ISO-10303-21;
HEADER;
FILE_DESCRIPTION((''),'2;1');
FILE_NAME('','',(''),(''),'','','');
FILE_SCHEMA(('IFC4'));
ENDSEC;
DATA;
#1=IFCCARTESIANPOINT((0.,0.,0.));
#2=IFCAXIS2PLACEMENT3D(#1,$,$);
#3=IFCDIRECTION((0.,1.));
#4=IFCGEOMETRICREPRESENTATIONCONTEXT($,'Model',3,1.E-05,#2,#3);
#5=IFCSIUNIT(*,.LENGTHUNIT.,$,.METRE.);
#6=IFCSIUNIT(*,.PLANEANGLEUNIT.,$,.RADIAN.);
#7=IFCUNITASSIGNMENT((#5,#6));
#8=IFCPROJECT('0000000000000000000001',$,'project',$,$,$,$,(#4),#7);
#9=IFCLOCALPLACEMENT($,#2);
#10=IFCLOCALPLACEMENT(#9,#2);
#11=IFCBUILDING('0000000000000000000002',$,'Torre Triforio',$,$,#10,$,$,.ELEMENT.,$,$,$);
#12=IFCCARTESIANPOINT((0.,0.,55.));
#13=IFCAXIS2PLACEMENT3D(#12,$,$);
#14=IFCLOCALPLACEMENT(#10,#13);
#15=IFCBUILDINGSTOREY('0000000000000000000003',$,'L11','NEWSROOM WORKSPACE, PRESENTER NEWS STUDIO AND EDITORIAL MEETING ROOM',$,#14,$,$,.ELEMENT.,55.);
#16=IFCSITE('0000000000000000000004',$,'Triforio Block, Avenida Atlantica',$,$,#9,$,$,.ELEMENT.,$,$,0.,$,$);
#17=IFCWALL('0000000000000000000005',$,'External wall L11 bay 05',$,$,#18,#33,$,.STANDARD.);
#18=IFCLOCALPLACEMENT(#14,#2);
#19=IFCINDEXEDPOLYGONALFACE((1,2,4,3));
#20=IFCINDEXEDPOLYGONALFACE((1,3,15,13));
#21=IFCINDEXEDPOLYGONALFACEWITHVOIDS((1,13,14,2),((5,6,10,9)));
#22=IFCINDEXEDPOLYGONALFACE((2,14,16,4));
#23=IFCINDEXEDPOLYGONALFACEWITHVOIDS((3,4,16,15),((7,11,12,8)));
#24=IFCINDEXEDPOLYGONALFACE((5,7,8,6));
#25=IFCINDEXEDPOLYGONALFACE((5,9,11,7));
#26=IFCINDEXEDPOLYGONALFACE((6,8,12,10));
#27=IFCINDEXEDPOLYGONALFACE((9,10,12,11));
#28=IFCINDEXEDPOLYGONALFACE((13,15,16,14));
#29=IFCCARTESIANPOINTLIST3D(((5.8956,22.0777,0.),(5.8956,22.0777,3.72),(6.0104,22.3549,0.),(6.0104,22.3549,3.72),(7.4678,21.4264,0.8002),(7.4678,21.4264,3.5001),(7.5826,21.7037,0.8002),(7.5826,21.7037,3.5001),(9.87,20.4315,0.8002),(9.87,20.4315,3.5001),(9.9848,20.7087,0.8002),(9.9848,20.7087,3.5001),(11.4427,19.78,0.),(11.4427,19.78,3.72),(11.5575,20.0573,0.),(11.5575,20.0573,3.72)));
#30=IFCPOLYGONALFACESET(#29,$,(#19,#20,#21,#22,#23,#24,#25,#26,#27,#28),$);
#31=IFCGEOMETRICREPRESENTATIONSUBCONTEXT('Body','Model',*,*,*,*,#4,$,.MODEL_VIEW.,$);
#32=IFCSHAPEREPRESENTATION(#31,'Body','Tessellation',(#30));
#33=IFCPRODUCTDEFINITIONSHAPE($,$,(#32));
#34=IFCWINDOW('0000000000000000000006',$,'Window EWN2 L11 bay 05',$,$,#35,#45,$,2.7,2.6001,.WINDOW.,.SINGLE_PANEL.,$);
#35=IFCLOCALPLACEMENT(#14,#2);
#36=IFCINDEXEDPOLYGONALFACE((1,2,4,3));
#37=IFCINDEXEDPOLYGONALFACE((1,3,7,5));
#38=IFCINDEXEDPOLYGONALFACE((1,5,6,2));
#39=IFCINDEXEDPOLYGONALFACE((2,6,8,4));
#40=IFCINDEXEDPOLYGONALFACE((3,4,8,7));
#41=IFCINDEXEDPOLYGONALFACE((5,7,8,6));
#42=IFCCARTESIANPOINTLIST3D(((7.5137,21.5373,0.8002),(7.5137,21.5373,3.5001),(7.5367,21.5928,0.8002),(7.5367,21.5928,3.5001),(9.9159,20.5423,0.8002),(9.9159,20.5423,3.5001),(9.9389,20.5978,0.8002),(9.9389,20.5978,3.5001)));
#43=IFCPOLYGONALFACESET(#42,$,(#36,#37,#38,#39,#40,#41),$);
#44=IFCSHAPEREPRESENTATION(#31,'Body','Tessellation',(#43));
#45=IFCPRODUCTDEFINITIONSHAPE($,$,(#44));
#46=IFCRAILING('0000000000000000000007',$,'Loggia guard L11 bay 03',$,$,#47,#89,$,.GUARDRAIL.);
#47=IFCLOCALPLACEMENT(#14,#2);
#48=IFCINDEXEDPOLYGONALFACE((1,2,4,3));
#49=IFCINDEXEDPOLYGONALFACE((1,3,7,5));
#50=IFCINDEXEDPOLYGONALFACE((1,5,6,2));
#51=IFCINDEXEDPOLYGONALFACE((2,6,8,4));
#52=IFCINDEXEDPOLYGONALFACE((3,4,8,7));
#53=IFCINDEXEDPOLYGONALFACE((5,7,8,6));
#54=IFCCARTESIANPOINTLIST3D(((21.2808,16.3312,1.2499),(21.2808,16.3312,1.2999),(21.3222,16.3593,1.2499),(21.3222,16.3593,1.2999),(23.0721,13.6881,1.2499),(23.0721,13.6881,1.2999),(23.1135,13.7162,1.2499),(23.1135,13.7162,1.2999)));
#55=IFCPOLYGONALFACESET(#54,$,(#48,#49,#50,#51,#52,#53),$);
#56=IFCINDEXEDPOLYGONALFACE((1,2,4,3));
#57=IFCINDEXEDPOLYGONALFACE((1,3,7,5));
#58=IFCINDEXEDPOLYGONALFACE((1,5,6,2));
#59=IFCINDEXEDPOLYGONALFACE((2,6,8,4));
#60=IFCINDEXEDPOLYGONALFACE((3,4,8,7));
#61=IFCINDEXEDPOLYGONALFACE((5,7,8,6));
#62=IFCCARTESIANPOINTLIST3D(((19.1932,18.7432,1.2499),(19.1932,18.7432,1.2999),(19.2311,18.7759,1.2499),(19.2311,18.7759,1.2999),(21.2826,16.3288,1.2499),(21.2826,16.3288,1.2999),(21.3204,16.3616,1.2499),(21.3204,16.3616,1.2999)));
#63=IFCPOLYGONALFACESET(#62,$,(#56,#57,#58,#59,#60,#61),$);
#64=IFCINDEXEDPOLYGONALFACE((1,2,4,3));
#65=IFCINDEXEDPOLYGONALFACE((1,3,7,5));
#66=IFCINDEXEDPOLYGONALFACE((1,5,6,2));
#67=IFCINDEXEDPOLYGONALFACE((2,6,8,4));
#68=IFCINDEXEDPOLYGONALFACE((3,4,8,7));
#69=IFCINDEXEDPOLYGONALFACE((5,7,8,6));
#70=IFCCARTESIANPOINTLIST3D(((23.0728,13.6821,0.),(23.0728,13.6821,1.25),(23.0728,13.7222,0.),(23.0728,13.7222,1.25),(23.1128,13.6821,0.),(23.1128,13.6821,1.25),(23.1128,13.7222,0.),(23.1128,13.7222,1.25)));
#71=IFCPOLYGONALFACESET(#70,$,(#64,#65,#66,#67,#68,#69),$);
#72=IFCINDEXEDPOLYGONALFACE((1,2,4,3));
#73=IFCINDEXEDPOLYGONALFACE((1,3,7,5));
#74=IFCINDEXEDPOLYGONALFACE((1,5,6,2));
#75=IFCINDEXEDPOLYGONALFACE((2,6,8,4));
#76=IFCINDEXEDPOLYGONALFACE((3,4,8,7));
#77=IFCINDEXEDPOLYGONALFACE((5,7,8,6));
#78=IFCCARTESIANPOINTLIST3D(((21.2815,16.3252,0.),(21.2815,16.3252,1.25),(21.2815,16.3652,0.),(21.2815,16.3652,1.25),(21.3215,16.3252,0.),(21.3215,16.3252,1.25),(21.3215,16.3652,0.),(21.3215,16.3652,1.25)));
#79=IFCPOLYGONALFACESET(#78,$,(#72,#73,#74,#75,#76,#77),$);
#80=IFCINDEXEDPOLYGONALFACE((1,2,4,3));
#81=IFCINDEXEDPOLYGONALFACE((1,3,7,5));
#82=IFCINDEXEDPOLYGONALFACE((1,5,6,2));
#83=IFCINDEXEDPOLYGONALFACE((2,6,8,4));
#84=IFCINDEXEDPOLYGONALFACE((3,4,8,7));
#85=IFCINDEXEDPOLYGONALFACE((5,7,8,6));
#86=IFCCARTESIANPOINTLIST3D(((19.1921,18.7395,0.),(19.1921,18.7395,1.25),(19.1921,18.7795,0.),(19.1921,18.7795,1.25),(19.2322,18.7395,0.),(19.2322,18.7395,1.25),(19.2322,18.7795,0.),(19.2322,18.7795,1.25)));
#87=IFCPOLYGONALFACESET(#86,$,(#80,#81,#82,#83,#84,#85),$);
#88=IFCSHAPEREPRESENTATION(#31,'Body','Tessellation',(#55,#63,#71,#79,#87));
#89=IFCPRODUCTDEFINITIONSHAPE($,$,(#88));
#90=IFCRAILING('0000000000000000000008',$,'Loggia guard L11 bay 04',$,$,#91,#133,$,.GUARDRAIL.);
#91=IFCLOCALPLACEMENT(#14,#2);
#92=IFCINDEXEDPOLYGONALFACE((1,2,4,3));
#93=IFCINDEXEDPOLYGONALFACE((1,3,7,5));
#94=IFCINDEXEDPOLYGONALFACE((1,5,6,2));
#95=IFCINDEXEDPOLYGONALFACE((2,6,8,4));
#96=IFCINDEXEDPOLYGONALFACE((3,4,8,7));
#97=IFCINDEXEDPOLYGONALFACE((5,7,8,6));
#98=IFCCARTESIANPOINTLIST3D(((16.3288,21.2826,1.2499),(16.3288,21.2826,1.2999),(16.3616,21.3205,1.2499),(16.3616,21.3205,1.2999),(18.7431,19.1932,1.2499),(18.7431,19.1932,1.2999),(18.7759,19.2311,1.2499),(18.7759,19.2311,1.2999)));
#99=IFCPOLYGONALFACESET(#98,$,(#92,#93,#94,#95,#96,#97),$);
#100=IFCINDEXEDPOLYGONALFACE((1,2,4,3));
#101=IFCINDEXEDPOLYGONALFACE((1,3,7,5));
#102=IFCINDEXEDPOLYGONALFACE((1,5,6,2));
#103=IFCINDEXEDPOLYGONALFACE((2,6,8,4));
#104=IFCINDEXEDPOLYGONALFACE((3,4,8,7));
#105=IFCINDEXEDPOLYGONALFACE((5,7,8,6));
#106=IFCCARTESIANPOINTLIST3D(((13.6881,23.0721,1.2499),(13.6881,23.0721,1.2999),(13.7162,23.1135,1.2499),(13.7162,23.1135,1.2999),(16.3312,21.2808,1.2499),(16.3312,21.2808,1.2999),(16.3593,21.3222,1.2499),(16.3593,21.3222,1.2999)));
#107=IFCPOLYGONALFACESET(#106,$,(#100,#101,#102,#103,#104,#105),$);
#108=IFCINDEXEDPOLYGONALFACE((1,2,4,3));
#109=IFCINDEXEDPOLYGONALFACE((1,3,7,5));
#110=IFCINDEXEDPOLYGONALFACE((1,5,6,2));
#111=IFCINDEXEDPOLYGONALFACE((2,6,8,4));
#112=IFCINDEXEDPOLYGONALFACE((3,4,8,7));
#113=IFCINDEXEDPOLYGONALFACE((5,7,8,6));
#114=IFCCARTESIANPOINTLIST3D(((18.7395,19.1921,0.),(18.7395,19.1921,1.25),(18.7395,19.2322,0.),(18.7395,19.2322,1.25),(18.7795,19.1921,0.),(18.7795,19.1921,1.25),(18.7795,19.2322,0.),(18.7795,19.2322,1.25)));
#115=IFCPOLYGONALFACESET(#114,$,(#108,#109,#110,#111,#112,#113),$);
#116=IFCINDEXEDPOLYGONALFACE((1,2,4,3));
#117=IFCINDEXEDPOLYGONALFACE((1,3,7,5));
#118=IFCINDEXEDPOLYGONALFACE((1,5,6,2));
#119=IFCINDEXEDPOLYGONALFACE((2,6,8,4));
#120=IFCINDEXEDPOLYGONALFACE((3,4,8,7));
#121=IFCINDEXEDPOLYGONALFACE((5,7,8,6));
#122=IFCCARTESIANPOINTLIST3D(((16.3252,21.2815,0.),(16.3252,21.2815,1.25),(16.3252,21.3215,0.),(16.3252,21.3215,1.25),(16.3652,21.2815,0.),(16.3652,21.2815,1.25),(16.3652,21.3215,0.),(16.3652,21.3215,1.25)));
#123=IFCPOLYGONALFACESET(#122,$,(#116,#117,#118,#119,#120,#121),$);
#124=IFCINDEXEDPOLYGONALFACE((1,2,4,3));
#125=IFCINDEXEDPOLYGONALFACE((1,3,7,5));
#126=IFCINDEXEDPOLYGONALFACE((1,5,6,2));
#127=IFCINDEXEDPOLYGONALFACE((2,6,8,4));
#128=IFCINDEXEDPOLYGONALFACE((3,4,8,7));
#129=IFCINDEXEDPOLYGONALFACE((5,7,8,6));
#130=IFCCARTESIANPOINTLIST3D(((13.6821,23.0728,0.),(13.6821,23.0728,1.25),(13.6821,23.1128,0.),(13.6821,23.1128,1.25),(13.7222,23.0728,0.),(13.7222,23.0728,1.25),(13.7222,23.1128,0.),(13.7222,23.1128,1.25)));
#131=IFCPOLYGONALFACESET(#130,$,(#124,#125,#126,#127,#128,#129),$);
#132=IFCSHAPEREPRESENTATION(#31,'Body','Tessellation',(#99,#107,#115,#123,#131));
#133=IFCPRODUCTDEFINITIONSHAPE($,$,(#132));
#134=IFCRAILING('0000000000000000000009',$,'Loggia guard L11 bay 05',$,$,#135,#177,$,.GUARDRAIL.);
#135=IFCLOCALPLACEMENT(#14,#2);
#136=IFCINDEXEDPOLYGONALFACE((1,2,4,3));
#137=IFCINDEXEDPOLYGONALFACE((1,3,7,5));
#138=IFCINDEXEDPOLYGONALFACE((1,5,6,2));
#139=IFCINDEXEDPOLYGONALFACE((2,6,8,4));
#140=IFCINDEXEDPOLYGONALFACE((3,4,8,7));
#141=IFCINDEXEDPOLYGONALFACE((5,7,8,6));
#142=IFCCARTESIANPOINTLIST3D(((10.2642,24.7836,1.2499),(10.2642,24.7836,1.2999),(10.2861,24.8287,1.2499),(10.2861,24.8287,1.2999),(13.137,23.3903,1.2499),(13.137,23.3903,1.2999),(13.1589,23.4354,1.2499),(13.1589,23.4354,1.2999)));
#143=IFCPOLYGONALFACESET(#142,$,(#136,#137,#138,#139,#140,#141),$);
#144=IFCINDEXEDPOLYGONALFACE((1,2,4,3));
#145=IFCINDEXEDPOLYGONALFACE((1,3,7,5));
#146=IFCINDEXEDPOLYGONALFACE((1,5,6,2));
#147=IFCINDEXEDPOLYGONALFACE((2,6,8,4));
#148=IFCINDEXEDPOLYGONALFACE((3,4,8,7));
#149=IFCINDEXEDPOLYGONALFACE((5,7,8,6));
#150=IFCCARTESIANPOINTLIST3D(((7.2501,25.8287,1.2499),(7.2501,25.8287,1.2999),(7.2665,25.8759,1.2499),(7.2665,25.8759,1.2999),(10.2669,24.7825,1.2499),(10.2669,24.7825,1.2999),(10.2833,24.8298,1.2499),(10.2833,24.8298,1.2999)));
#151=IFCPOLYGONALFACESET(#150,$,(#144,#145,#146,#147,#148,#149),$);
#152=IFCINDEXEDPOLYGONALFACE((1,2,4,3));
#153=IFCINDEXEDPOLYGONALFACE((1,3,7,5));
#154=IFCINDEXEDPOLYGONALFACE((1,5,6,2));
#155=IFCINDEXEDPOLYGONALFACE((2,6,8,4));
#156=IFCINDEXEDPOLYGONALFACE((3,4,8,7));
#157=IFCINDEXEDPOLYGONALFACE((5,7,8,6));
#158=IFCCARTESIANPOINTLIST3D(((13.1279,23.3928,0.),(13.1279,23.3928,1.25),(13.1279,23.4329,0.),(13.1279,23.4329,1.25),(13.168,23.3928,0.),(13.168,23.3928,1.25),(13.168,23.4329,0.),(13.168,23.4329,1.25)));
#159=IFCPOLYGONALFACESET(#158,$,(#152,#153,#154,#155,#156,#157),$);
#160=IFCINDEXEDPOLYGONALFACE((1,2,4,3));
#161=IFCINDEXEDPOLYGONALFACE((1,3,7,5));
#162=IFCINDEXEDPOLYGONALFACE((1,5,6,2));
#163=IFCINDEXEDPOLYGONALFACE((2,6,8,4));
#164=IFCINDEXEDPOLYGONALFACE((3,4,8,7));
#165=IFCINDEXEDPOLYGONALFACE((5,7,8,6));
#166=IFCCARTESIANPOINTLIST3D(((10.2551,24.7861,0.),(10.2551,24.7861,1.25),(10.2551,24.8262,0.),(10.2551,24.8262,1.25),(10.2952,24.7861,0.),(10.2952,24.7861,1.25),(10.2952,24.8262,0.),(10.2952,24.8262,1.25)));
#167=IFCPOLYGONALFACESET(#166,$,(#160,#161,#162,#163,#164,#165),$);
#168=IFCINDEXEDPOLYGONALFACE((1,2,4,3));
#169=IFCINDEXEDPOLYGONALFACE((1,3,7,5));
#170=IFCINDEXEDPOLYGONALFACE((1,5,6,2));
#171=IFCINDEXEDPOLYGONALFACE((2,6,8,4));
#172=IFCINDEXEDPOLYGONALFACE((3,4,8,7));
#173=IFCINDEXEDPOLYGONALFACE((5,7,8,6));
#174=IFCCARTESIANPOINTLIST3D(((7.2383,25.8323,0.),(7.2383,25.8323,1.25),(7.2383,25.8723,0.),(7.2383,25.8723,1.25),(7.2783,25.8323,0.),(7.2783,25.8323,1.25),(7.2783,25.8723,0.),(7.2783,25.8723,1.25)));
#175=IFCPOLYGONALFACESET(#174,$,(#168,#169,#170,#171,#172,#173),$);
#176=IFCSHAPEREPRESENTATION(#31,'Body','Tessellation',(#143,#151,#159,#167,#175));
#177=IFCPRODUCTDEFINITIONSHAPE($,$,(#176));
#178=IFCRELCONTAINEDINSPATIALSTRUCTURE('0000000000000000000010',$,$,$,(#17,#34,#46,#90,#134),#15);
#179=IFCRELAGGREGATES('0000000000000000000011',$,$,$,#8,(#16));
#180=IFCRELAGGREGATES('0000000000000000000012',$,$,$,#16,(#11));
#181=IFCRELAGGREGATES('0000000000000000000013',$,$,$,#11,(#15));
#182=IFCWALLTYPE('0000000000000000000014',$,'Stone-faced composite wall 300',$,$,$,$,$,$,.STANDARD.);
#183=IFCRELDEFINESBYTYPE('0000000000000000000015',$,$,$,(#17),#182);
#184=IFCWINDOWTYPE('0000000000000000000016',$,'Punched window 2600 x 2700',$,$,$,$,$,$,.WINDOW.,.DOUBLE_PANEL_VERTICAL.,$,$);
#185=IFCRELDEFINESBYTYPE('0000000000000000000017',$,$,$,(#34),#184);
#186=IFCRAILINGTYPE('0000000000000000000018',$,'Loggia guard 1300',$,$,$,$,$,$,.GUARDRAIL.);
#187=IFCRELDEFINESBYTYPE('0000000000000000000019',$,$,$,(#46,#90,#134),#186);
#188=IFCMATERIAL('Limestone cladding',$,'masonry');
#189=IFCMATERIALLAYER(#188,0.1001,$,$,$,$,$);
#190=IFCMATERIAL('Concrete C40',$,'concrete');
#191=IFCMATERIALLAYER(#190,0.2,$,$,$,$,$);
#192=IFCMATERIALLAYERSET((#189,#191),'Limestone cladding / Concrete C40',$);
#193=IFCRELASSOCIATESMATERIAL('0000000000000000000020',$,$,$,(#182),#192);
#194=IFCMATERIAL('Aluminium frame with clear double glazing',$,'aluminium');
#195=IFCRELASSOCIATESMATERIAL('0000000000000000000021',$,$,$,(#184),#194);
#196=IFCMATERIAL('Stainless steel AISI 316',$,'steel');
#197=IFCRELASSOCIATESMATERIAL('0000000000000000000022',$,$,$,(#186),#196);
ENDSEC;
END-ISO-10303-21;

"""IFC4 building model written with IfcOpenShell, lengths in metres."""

from ifc_helpers import new_model, si_unit, direction, frame, frame_2d, origin, origin_2d, place, context, subcontext, project, spatial, rectangle, extrude, material, layer, layer_set, type_object, element, fill, save


model = new_model("IFC4")

# Units and contexts
model_context = context("Model", 3, precision=1e-05, world=origin(), true_north=direction((0.0, 1.0)))
body_context = subcontext(model_context, "Body", "Model", "MODEL_VIEW")
ifc_project = project(units=[si_unit("LENGTHUNIT", "METRE"), si_unit("PLANEANGLEUNIT", "RADIAN")], contexts=[model_context])

# Site, building, storey
site_placement = place(None, origin())
site = spatial("IfcSite", under=ifc_project, at=site_placement, Name="Triforio Block, Avenida Atlantica", CompositionType="ELEMENT", RefElevation=0.0)
building_placement = place(site_placement, origin())
building = spatial("IfcBuilding", under=site, at=building_placement, Name="Torre Triforio", CompositionType="ELEMENT")
storey_placement = place(building_placement, frame((0.0, 0.0, 55.0)))
storey = spatial("IfcBuildingStorey", under=building, at=storey_placement, Name="L11", Description="NEWSROOM WORKSPACE, PRESENTER NEWS STUDIO AND EDITORIAL MEETING ROOM", CompositionType="ELEMENT", Elevation=55.0)

# Shared definitions
ifc_material_1 = material(Name="Limestone cladding", Category="masonry")
ifc_material_2 = material(Name="Concrete C40", Category="concrete")

# Shared definitions
ifc_layer_1 = layer(ifc_material_1, 0.1001)
ifc_layer_2 = layer(ifc_material_2, 0.2)
ifc_layer_set_1 = layer_set([ifc_layer_1, ifc_layer_2], Name="Limestone cladding / Concrete C40")
wall_type_1 = type_object("IfcWallType", Name="Stone-faced composite wall 300", PredefinedType="STANDARD", material=ifc_layer_set_1)
ifc_material_3 = material(Name="Aluminium frame with clear double glazing", Category="aluminium")
window_type_1 = type_object("IfcWindowType", Name="Punched window 2600 x 2700", PartitioningType="DOUBLE_PANEL_VERTICAL", PredefinedType="WINDOW", material=ifc_material_3)

# Wall, opening, window
wall_1_placement = place(storey_placement, frame((11.5, 19.9187, 0.0), z_axis=(0.0, 0.0, 1.0), x_axis=(-0.923885, 0.382671, 0.0)))
wall_1 = element("IfcWall", 1, at=wall_1_placement, inside=storey, type_object=wall_type_1, Name="External wall L11 bay 05", PredefinedType="STANDARD", context=body_context, shape_type="SweptSolid", body=[
    extrude(rectangle(XDim=6.0042, YDim=0.3, at=frame_2d((3.002, 0.0))), origin(), (0.0, 0.0, 1.0), 3.72),
])
opening_1_placement = place(wall_1_placement, frame((1.7021, 0.0, 0.8)))
opening_1 = element("IfcOpeningElement", 2, at=opening_1_placement, cuts=wall_1, PredefinedType="OPENING", context=body_context, shape_type="SweptSolid", body=[
    extrude(rectangle(XDim=2.6001, YDim=2.7, at=frame_2d((1.3, 1.3501))), frame((0.0, 0.1599, 0.0), z_axis=(0.0, -1.0, 0.0), x_axis=(1.0, 0.0, 0.0)), (0.0, 0.0, 1.0), 0.3201),
])
window_1_placement = place(opening_1_placement, origin())
window_1 = element("IfcWindow", 3, at=window_1_placement, inside=storey, type_object=window_type_1, Name="Window EWN2 L11 bay 05", OverallHeight=2.7, OverallWidth=2.6001, PartitioningType="SINGLE_PANEL", PredefinedType="WINDOW", context=body_context, shape_type="SweptSolid", body=[
    extrude(rectangle(XDim=2.6001, YDim=2.7, at=frame_2d((1.3, 1.3501))), frame((0.0, 0.03, 0.0), z_axis=(0.0, -1.0, 0.0), x_axis=(1.0, 0.0, 0.0)), (0.0, 0.0, 1.0), 0.0601),
])
fill(opening_1, window_1)

# Railings
ifc_material_4 = material(Name="Stainless steel AISI 316", Category="steel")
railing_type = type_object("IfcRailingType", Name="Loggia guard 1300", PredefinedType="GUARDRAIL", material=ifc_material_4)
railing_1_placement = place(storey_placement, frame((23.0928, 13.7021, 0.0)))
element("IfcRailing", 4, at=railing_1_placement, inside=storey, type_object=railing_type, Name="Loggia guard L11 bay 03", PredefinedType="GUARDRAIL", context=body_context, shape_type="SweptSolid", body=[
    extrude(rectangle(XDim=0.05, YDim=0.05, at=origin_2d()), frame((0.0, 0.0, 1.2749), z_axis=(-0.561019, 0.827803, 0.0), x_axis=(-0.827803, -0.561019, 0.0)), (0.0, 0.0, 1.0), 3.1929),
    extrude(rectangle(XDim=0.05, YDim=0.05, at=origin_2d()), frame((-1.7913, 2.6431, 1.2749), z_axis=(-0.654386, 0.756161, 0.0), x_axis=(-0.756161, -0.654386, 0.0)), (0.0, 0.0, 1.0), 3.1929),
    extrude(rectangle(XDim=0.04, YDim=0.04, at=origin_2d()), origin(), (0.0, 0.0, 1.0), 1.25),
    extrude(rectangle(XDim=0.04, YDim=0.04, at=origin_2d()), frame((-1.7913, 2.6431, 0.0)), (0.0, 0.0, 1.0), 1.25),
    extrude(rectangle(XDim=0.04, YDim=0.04, at=origin_2d()), frame((-3.8806, 5.0574, 0.0)), (0.0, 0.0, 1.0), 1.25),
])
railing_2_placement = place(storey_placement, frame((18.7595, 19.2122, 0.0)))
element("IfcRailing", 5, at=railing_2_placement, inside=storey, type_object=railing_type, Name="Loggia guard L11 bay 04", PredefinedType="GUARDRAIL", context=body_context, shape_type="SweptSolid", body=[
    extrude(rectangle(XDim=0.05, YDim=0.05, at=origin_2d()), frame((0.0, 0.0, 1.2749), z_axis=(-0.756161, 0.654386, 0.0), x_axis=(-0.654386, -0.756161, 0.0)), (0.0, 0.0, 1.0), 3.1929),
    extrude(rectangle(XDim=0.05, YDim=0.05, at=origin_2d()), frame((-2.4143, 2.0894, 1.2749), z_axis=(-0.827803, 0.561019, 0.0), x_axis=(-0.561019, -0.827803, 0.0)), (0.0, 0.0, 1.0), 3.1929),
    extrude(rectangle(XDim=0.04, YDim=0.04, at=origin_2d()), origin(), (0.0, 0.0, 1.0), 1.25),
    extrude(rectangle(XDim=0.04, YDim=0.04, at=origin_2d()), frame((-2.4143, 2.0894, 0.0)), (0.0, 0.0, 1.0), 1.25),
    extrude(rectangle(XDim=0.04, YDim=0.04, at=origin_2d()), frame((-5.0574, 3.8806, 0.0)), (0.0, 0.0, 1.0), 1.25),
])
railing_3_placement = place(storey_placement, frame((13.1479, 23.4128, 0.0)))
element("IfcRailing", 6, at=railing_3_placement, inside=storey, type_object=railing_type, Name="Loggia guard L11 bay 05", PredefinedType="GUARDRAIL", context=body_context, shape_type="SweptSolid", body=[
    extrude(rectangle(XDim=0.05, YDim=0.05, at=origin_2d()), frame((0.0, 0.0, 1.2749), z_axis=(-0.89976, 0.436384, 0.0), x_axis=(-0.436384, -0.89976, 0.0)), (0.0, 0.0, 1.0), 3.1929),
    extrude(rectangle(XDim=0.05, YDim=0.05, at=origin_2d()), frame((-2.8728, 1.3933, 1.2749), z_axis=(-0.944807, 0.327628, 0.0), x_axis=(-0.327628, -0.944807, 0.0)), (0.0, 0.0, 1.0), 3.1931),
    extrude(rectangle(XDim=0.04, YDim=0.04, at=origin_2d()), origin(), (0.0, 0.0, 1.0), 1.25),
    extrude(rectangle(XDim=0.04, YDim=0.04, at=origin_2d()), frame((-2.8728, 1.3933, 0.0)), (0.0, 0.0, 1.0), 1.25),
    extrude(rectangle(XDim=0.04, YDim=0.04, at=origin_2d()), frame((-5.8896, 2.4395, 0.0)), (0.0, 0.0, 1.0), 1.25),
])

save(model, "model.ifc")
